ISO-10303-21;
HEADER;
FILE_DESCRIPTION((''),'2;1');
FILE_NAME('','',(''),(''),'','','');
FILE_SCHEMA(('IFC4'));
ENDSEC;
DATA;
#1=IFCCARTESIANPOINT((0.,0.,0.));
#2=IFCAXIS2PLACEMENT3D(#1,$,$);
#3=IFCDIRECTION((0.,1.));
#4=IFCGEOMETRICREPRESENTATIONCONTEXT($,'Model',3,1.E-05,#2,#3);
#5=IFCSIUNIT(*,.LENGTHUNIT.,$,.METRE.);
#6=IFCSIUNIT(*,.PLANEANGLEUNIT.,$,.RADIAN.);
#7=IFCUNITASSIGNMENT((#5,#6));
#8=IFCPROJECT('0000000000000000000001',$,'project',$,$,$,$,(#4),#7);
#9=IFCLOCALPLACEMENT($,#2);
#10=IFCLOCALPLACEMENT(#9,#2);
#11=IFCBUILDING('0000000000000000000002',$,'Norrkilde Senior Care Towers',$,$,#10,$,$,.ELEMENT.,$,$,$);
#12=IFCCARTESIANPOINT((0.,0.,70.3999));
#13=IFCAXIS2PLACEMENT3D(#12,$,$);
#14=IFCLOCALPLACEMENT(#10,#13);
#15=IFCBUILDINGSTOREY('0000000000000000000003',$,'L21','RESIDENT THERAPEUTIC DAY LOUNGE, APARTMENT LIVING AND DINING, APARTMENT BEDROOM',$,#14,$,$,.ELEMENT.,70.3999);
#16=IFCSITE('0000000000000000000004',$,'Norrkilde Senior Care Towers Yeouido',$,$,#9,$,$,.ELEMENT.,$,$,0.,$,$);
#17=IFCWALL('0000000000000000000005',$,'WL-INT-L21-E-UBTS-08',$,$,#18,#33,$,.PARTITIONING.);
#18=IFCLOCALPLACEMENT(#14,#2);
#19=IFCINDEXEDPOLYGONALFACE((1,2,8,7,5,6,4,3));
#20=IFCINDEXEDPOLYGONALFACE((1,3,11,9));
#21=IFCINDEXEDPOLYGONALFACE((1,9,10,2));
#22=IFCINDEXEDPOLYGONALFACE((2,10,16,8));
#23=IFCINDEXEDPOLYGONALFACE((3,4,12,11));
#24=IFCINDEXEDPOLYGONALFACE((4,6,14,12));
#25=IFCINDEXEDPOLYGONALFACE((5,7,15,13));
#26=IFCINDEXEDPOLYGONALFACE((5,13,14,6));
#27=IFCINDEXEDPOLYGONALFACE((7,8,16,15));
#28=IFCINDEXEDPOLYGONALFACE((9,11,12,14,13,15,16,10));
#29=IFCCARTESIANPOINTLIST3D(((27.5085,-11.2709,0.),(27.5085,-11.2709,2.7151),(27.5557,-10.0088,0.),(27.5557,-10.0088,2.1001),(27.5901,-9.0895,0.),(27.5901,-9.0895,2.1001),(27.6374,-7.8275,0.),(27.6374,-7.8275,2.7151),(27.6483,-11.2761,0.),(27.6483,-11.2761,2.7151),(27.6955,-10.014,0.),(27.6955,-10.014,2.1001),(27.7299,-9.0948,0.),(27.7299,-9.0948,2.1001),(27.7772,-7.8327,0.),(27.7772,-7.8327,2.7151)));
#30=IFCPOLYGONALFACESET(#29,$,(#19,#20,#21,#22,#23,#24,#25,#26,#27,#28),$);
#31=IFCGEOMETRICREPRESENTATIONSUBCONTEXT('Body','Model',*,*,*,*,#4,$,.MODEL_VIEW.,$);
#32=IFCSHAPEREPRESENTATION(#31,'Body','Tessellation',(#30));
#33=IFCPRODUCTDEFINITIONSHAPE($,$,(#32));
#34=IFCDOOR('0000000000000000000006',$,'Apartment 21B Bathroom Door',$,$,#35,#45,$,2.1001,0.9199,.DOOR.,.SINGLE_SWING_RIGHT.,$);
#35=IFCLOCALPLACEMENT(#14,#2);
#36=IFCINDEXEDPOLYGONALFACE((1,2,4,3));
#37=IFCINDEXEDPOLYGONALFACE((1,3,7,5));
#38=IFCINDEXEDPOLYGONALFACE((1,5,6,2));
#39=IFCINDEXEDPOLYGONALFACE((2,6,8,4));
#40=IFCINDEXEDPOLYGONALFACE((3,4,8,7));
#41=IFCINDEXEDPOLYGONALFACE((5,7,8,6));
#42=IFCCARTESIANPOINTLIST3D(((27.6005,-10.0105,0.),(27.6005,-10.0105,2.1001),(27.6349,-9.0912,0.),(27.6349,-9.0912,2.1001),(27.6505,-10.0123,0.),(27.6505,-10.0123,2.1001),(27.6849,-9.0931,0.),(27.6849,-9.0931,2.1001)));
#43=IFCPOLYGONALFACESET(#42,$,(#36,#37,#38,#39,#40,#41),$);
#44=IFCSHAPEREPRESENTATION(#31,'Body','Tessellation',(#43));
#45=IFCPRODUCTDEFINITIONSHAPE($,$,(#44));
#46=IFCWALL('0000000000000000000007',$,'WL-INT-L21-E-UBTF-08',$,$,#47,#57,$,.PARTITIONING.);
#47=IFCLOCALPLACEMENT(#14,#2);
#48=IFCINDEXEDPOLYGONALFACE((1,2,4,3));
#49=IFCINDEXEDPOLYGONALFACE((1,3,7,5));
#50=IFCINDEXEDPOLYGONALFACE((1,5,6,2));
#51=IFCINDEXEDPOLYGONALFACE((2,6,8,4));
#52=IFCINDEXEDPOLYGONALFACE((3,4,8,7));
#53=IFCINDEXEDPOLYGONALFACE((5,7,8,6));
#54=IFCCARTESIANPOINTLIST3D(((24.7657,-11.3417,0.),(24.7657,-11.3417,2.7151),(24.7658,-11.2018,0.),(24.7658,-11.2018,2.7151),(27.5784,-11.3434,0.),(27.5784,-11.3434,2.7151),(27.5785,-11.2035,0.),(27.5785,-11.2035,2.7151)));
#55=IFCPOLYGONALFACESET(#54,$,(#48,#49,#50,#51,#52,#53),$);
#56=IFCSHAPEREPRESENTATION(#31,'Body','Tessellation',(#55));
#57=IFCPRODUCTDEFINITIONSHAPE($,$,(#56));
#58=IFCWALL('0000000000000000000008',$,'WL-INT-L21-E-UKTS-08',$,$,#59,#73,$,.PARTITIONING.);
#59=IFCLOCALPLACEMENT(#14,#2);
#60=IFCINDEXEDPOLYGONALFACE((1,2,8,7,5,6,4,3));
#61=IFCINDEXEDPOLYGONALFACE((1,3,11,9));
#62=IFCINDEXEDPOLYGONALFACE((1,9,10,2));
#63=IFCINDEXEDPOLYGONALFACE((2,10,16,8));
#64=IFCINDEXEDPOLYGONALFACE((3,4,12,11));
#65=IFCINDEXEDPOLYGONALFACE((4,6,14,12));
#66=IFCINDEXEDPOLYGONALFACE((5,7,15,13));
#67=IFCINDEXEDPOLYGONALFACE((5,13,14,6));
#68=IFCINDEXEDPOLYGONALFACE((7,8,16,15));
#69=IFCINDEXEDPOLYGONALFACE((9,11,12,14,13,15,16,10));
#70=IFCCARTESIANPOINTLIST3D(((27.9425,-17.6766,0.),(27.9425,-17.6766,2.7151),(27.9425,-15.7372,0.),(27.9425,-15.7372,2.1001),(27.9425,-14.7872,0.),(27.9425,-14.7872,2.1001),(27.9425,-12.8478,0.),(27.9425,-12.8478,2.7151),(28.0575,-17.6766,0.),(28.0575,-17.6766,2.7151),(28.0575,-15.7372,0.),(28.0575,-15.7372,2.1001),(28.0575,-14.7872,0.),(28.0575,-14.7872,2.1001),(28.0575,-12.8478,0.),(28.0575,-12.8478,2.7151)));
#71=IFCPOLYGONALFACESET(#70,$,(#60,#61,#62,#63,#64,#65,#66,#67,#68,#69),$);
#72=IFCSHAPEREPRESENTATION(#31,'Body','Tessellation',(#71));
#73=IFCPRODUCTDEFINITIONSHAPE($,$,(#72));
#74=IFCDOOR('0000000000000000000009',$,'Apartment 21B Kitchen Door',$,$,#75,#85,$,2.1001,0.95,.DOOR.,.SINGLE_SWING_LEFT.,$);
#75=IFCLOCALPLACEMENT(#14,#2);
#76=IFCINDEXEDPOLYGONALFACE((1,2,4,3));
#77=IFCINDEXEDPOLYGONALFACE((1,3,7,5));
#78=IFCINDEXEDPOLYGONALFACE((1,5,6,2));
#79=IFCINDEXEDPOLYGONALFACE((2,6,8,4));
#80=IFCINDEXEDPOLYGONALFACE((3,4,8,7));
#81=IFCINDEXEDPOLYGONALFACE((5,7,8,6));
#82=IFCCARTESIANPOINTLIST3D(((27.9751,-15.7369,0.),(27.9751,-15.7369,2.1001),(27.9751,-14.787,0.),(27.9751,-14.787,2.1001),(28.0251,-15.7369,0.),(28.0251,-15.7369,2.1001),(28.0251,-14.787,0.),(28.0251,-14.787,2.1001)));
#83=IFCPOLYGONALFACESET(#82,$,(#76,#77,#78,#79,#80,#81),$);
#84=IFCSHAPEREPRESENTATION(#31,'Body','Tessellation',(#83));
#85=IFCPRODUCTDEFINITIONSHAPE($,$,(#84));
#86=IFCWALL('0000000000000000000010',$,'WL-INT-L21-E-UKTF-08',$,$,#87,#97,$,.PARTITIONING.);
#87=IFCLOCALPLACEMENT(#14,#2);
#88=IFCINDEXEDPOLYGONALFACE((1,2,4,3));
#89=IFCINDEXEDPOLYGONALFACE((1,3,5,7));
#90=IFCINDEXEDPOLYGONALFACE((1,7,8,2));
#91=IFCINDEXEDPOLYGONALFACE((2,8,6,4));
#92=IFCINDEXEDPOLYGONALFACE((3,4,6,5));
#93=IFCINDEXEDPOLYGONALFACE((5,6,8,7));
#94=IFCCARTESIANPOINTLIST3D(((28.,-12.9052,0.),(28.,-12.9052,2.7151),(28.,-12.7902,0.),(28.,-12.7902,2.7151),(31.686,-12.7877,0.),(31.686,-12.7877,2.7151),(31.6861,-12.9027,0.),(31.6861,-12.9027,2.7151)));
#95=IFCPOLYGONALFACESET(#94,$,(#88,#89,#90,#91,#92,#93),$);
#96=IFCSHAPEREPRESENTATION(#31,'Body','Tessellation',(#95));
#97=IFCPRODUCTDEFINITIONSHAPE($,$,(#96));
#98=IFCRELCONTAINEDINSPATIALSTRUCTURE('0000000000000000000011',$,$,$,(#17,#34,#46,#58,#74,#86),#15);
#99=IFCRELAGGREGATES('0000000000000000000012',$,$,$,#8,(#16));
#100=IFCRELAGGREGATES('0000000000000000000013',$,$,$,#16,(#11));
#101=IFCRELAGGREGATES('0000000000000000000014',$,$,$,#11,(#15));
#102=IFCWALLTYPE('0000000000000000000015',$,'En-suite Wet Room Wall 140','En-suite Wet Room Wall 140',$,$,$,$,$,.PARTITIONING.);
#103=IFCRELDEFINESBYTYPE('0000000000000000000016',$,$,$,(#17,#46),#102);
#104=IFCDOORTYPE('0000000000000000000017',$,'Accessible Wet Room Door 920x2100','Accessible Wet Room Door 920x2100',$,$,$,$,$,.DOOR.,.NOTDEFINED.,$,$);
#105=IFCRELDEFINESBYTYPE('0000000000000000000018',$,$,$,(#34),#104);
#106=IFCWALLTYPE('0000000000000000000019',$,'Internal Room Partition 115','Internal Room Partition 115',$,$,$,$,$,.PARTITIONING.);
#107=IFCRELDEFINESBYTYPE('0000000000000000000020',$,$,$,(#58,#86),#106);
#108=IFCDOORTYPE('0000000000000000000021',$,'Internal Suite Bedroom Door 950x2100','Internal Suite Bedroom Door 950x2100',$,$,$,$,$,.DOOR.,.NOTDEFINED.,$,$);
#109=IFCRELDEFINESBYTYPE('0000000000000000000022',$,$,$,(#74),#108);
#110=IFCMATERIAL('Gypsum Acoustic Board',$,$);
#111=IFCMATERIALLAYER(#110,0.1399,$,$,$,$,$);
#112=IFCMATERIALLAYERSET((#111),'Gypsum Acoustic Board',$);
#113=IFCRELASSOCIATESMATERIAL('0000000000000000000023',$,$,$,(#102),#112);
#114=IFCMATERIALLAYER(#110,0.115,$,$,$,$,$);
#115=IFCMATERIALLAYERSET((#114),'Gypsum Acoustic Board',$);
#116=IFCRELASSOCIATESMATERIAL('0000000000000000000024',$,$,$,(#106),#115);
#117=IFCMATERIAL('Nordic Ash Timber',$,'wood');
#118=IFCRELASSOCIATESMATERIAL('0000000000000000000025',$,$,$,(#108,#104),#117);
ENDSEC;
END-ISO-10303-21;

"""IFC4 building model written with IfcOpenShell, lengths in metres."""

from ifc_helpers import new_model, si_unit, direction, frame, frame_2d, origin, place, context, subcontext, project, spatial, rectangle, extrude, source, transform, mapped, material, layer, layer_set, type_object, type_shapes, element, fill, save


model = new_model("IFC4")

# Units and contexts
model_context = context("Model", 3, precision=1e-05, world=origin(), true_north=direction((0.0, 1.0)))
body_context = subcontext(model_context, "Body", "Model", "MODEL_VIEW")
ifc_project = project(units=[si_unit("LENGTHUNIT", "METRE"), si_unit("PLANEANGLEUNIT", "RADIAN")], contexts=[model_context])

# Site, building, storey
site_placement = place(None, origin())
site = spatial("IfcSite", under=ifc_project, at=site_placement, Name="Norrkilde Senior Care Towers Yeouido", CompositionType="ELEMENT", RefElevation=0.0)
building_placement = place(site_placement, origin())
building = spatial("IfcBuilding", under=site, at=building_placement, Name="Norrkilde Senior Care Towers", CompositionType="ELEMENT")
storey_placement = place(building_placement, frame((0.0, 0.0, 70.3999)))
storey = spatial("IfcBuildingStorey", under=building, at=storey_placement, Name="L21", Description="RESIDENT THERAPEUTIC DAY LOUNGE, APARTMENT LIVING AND DINING, APARTMENT BEDROOM", CompositionType="ELEMENT", Elevation=70.3999)

# Shared definitions
ifc_material_1 = material(Name="Gypsum Acoustic Board")
ifc_layer_1 = layer(ifc_material_1, 0.1399)
ifc_layer_set_1 = layer_set([ifc_layer_1], Name="Gypsum Acoustic Board")
wall_type_1 = type_object("IfcWallType", Name="En-suite Wet Room Wall 140", Description="En-suite Wet Room Wall 140", PredefinedType="PARTITIONING", material=ifc_layer_set_1)

# Shared definitions
ifc_layer_2 = layer(ifc_material_1, 0.115)
ifc_layer_set_2 = layer_set([ifc_layer_2], Name="Gypsum Acoustic Board")
wall_type_2 = type_object("IfcWallType", Name="Internal Room Partition 115", Description="Internal Room Partition 115", PredefinedType="PARTITIONING", material=ifc_layer_set_2)
ifc_material_2 = material(Name="Nordic Ash Timber", Category="wood")
door_type_1 = type_object("IfcDoorType", Name="Internal Suite Bedroom Door 950x2100", Description="Internal Suite Bedroom Door 950x2100", OperationType="NOTDEFINED", PredefinedType="DOOR", material=ifc_material_2)
shared_shape_1 = source(origin(), body_context, "Body", "SweptSolid", [
    extrude(rectangle(XDim=0.95, YDim=2.1001, at=frame_2d((0.4751, 1.05))), frame((0.0, 0.0249, 0.0), z_axis=(0.0, -1.0, 0.0), x_axis=(1.0, 0.0, 0.0)), (0.0, 0.0, 1.0), 0.05),
])
type_shapes(door_type_1, [shared_shape_1])

# Wall, opening, door
shared_shape_2 = source(origin(), body_context, "Body", "SweptSolid", [
    extrude(rectangle(XDim=3.4458, YDim=0.1399, at=frame_2d((1.7229, 0.0))), origin(), (0.0, 0.0, 1.0), 2.7151),
])
wall_1_placement = place(storey_placement, frame((27.7073, -7.8301, 0.0), z_axis=(0.0, 0.0, 1.0), x_axis=(-0.03741, -0.9993, 0.0)))
wall_1 = element("IfcWall", 1, at=wall_1_placement, inside=storey, type_object=wall_type_1, Name="WL-INT-L21-E-UBTS-08", PredefinedType="PARTITIONING", context=body_context, shape_type="MappedRepresentation", body=[
    mapped(shared_shape_2, transform((0.0, 0.0, 0.0), x_axis=(1.0, 0.0, 0.0), y_axis=(0.0, 1.0, 0.0), z_axis=(0.0, 0.0, 1.0), scale=1.0)),
])
opening_1_placement = place(wall_1_placement, frame((1.2629, 0.0, 0.0)))
opening_1 = element("IfcOpeningElement", 2, at=opening_1_placement, cuts=wall_1, PredefinedType="OPENING", context=body_context, shape_type="SweptSolid", body=[
    extrude(rectangle(XDim=0.9199, YDim=2.1001, at=frame_2d((0.46, 1.05))), frame((0.0, 0.0798, 0.0), z_axis=(0.0, -1.0, 0.0), x_axis=(1.0, 0.0, 0.0)), (0.0, 0.0, 1.0), 0.1599),
])
door_type_2 = type_object("IfcDoorType", Name="Accessible Wet Room Door 920x2100", Description="Accessible Wet Room Door 920x2100", OperationType="NOTDEFINED", PredefinedType="DOOR", material=ifc_material_2)
shared_shape_3 = source(origin(), body_context, "Body", "SweptSolid", [
    extrude(rectangle(XDim=0.9199, YDim=2.1001, at=frame_2d((0.46, 1.05))), frame((0.0, 0.0249, 0.0), z_axis=(0.0, -1.0, 0.0), x_axis=(1.0, 0.0, 0.0)), (0.0, 0.0, 1.0), 0.05),
])
type_shapes(door_type_2, [shared_shape_3])
door_1_placement = place(opening_1_placement, origin())
door_1 = element("IfcDoor", 3, at=door_1_placement, inside=storey, type_object=door_type_2, Name="Apartment 21B Bathroom Door", OperationType="SINGLE_SWING_RIGHT", OverallHeight=2.1001, OverallWidth=0.9199, PredefinedType="DOOR", context=body_context, shape_type="MappedRepresentation", body=[
    mapped(shared_shape_3, transform((0.0, 0.0, 0.0), x_axis=(1.0, 0.0, 0.0), y_axis=(0.0, 1.0, 0.0), z_axis=(0.0, 0.0, 1.0), scale=1.0)),
])
fill(opening_1, door_1)

# Wall
shared_shape_4 = source(origin(), body_context, "Body", "SweptSolid", [
    extrude(rectangle(XDim=2.8127, YDim=0.1399, at=frame_2d((1.4062, 0.0))), origin(), (0.0, 0.0, 1.0), 2.7151),
])
wall_2_placement = place(storey_placement, frame((27.5784, -11.2734, 0.0), z_axis=(0.0, 0.0, 1.0), x_axis=(-1.0, 0.000608, 0.0)))
element("IfcWall", 4, at=wall_2_placement, inside=storey, type_object=wall_type_1, Name="WL-INT-L21-E-UBTF-08", PredefinedType="PARTITIONING", context=body_context, shape_type="MappedRepresentation", body=[
    mapped(shared_shape_4, transform((0.0, 0.0, 0.0), x_axis=(1.0, 0.0, 0.0), y_axis=(0.0, 1.0, 0.0), z_axis=(0.0, 0.0, 1.0), scale=1.0)),
])

# Wall, opening, door
shared_shape_5 = source(origin(), body_context, "Body", "SweptSolid", [
    extrude(rectangle(XDim=4.8289, YDim=0.115, at=frame_2d((2.4146, 0.0))), origin(), (0.0, 0.0, 1.0), 2.7151),
])
wall_3_placement = place(storey_placement, frame((28.0, -12.8477, 0.0), z_axis=(0.0, 0.0, 1.0), x_axis=(0.0, -1.0, 0.0)))
wall_3 = element("IfcWall", 5, at=wall_3_placement, inside=storey, type_object=wall_type_2, Name="WL-INT-L21-E-UKTS-08", PredefinedType="PARTITIONING", context=body_context, shape_type="MappedRepresentation", body=[
    mapped(shared_shape_5, transform((0.0, 0.0, 0.0), x_axis=(1.0, 0.0, 0.0), y_axis=(0.0, 1.0, 0.0), z_axis=(0.0, 0.0, 1.0), scale=1.0)),
])
opening_2_placement = place(wall_3_placement, frame((1.9395, 0.0, 0.0)))
opening_2 = element("IfcOpeningElement", 6, at=opening_2_placement, cuts=wall_3, PredefinedType="OPENING", context=body_context, shape_type="SweptSolid", body=[
    extrude(rectangle(XDim=0.95, YDim=2.1001, at=frame_2d((0.4751, 1.05))), frame((0.0, 0.0674, 0.0), z_axis=(0.0, -1.0, 0.0), x_axis=(1.0, 0.0, 0.0)), (0.0, 0.0, 1.0), 0.135),
])
door_2_placement = place(opening_2_placement, frame((0.95, 0.0, 0.0), z_axis=(0.0, 0.0, 1.0), x_axis=(-1.0, 0.0, 0.0)))
door_2 = element("IfcDoor", 7, at=door_2_placement, inside=storey, type_object=door_type_1, Name="Apartment 21B Kitchen Door", OperationType="SINGLE_SWING_LEFT", OverallHeight=2.1001, OverallWidth=0.95, PredefinedType="DOOR", context=body_context, shape_type="MappedRepresentation", body=[
    mapped(shared_shape_1, transform((0.0, 0.0, 0.0), x_axis=(1.0, 0.0, 0.0), y_axis=(0.0, 1.0, 0.0), z_axis=(0.0, 0.0, 1.0), scale=1.0)),
])
fill(opening_2, door_2)

# Wall
shared_shape_6 = source(origin(), body_context, "Body", "SweptSolid", [
    extrude(rectangle(XDim=3.686, YDim=0.115, at=frame_2d((1.843, 0.0))), origin(), (0.0, 0.0, 1.0), 2.7151),
])
wall_4_placement = place(storey_placement, frame((28.0, -12.8477, 0.0), z_axis=(0.0, 0.0, 1.0), x_axis=(1.0, 0.000662, 0.0)))
element("IfcWall", 8, at=wall_4_placement, inside=storey, type_object=wall_type_2, Name="WL-INT-L21-E-UKTF-08", PredefinedType="PARTITIONING", context=body_context, shape_type="MappedRepresentation", body=[
    mapped(shared_shape_6, transform((0.0, 0.0, 0.0), x_axis=(1.0, 0.0, 0.0), y_axis=(0.0, 1.0, 0.0), z_axis=(0.0, 0.0, 1.0), scale=1.0)),
])

save(model, "model.ifc")
